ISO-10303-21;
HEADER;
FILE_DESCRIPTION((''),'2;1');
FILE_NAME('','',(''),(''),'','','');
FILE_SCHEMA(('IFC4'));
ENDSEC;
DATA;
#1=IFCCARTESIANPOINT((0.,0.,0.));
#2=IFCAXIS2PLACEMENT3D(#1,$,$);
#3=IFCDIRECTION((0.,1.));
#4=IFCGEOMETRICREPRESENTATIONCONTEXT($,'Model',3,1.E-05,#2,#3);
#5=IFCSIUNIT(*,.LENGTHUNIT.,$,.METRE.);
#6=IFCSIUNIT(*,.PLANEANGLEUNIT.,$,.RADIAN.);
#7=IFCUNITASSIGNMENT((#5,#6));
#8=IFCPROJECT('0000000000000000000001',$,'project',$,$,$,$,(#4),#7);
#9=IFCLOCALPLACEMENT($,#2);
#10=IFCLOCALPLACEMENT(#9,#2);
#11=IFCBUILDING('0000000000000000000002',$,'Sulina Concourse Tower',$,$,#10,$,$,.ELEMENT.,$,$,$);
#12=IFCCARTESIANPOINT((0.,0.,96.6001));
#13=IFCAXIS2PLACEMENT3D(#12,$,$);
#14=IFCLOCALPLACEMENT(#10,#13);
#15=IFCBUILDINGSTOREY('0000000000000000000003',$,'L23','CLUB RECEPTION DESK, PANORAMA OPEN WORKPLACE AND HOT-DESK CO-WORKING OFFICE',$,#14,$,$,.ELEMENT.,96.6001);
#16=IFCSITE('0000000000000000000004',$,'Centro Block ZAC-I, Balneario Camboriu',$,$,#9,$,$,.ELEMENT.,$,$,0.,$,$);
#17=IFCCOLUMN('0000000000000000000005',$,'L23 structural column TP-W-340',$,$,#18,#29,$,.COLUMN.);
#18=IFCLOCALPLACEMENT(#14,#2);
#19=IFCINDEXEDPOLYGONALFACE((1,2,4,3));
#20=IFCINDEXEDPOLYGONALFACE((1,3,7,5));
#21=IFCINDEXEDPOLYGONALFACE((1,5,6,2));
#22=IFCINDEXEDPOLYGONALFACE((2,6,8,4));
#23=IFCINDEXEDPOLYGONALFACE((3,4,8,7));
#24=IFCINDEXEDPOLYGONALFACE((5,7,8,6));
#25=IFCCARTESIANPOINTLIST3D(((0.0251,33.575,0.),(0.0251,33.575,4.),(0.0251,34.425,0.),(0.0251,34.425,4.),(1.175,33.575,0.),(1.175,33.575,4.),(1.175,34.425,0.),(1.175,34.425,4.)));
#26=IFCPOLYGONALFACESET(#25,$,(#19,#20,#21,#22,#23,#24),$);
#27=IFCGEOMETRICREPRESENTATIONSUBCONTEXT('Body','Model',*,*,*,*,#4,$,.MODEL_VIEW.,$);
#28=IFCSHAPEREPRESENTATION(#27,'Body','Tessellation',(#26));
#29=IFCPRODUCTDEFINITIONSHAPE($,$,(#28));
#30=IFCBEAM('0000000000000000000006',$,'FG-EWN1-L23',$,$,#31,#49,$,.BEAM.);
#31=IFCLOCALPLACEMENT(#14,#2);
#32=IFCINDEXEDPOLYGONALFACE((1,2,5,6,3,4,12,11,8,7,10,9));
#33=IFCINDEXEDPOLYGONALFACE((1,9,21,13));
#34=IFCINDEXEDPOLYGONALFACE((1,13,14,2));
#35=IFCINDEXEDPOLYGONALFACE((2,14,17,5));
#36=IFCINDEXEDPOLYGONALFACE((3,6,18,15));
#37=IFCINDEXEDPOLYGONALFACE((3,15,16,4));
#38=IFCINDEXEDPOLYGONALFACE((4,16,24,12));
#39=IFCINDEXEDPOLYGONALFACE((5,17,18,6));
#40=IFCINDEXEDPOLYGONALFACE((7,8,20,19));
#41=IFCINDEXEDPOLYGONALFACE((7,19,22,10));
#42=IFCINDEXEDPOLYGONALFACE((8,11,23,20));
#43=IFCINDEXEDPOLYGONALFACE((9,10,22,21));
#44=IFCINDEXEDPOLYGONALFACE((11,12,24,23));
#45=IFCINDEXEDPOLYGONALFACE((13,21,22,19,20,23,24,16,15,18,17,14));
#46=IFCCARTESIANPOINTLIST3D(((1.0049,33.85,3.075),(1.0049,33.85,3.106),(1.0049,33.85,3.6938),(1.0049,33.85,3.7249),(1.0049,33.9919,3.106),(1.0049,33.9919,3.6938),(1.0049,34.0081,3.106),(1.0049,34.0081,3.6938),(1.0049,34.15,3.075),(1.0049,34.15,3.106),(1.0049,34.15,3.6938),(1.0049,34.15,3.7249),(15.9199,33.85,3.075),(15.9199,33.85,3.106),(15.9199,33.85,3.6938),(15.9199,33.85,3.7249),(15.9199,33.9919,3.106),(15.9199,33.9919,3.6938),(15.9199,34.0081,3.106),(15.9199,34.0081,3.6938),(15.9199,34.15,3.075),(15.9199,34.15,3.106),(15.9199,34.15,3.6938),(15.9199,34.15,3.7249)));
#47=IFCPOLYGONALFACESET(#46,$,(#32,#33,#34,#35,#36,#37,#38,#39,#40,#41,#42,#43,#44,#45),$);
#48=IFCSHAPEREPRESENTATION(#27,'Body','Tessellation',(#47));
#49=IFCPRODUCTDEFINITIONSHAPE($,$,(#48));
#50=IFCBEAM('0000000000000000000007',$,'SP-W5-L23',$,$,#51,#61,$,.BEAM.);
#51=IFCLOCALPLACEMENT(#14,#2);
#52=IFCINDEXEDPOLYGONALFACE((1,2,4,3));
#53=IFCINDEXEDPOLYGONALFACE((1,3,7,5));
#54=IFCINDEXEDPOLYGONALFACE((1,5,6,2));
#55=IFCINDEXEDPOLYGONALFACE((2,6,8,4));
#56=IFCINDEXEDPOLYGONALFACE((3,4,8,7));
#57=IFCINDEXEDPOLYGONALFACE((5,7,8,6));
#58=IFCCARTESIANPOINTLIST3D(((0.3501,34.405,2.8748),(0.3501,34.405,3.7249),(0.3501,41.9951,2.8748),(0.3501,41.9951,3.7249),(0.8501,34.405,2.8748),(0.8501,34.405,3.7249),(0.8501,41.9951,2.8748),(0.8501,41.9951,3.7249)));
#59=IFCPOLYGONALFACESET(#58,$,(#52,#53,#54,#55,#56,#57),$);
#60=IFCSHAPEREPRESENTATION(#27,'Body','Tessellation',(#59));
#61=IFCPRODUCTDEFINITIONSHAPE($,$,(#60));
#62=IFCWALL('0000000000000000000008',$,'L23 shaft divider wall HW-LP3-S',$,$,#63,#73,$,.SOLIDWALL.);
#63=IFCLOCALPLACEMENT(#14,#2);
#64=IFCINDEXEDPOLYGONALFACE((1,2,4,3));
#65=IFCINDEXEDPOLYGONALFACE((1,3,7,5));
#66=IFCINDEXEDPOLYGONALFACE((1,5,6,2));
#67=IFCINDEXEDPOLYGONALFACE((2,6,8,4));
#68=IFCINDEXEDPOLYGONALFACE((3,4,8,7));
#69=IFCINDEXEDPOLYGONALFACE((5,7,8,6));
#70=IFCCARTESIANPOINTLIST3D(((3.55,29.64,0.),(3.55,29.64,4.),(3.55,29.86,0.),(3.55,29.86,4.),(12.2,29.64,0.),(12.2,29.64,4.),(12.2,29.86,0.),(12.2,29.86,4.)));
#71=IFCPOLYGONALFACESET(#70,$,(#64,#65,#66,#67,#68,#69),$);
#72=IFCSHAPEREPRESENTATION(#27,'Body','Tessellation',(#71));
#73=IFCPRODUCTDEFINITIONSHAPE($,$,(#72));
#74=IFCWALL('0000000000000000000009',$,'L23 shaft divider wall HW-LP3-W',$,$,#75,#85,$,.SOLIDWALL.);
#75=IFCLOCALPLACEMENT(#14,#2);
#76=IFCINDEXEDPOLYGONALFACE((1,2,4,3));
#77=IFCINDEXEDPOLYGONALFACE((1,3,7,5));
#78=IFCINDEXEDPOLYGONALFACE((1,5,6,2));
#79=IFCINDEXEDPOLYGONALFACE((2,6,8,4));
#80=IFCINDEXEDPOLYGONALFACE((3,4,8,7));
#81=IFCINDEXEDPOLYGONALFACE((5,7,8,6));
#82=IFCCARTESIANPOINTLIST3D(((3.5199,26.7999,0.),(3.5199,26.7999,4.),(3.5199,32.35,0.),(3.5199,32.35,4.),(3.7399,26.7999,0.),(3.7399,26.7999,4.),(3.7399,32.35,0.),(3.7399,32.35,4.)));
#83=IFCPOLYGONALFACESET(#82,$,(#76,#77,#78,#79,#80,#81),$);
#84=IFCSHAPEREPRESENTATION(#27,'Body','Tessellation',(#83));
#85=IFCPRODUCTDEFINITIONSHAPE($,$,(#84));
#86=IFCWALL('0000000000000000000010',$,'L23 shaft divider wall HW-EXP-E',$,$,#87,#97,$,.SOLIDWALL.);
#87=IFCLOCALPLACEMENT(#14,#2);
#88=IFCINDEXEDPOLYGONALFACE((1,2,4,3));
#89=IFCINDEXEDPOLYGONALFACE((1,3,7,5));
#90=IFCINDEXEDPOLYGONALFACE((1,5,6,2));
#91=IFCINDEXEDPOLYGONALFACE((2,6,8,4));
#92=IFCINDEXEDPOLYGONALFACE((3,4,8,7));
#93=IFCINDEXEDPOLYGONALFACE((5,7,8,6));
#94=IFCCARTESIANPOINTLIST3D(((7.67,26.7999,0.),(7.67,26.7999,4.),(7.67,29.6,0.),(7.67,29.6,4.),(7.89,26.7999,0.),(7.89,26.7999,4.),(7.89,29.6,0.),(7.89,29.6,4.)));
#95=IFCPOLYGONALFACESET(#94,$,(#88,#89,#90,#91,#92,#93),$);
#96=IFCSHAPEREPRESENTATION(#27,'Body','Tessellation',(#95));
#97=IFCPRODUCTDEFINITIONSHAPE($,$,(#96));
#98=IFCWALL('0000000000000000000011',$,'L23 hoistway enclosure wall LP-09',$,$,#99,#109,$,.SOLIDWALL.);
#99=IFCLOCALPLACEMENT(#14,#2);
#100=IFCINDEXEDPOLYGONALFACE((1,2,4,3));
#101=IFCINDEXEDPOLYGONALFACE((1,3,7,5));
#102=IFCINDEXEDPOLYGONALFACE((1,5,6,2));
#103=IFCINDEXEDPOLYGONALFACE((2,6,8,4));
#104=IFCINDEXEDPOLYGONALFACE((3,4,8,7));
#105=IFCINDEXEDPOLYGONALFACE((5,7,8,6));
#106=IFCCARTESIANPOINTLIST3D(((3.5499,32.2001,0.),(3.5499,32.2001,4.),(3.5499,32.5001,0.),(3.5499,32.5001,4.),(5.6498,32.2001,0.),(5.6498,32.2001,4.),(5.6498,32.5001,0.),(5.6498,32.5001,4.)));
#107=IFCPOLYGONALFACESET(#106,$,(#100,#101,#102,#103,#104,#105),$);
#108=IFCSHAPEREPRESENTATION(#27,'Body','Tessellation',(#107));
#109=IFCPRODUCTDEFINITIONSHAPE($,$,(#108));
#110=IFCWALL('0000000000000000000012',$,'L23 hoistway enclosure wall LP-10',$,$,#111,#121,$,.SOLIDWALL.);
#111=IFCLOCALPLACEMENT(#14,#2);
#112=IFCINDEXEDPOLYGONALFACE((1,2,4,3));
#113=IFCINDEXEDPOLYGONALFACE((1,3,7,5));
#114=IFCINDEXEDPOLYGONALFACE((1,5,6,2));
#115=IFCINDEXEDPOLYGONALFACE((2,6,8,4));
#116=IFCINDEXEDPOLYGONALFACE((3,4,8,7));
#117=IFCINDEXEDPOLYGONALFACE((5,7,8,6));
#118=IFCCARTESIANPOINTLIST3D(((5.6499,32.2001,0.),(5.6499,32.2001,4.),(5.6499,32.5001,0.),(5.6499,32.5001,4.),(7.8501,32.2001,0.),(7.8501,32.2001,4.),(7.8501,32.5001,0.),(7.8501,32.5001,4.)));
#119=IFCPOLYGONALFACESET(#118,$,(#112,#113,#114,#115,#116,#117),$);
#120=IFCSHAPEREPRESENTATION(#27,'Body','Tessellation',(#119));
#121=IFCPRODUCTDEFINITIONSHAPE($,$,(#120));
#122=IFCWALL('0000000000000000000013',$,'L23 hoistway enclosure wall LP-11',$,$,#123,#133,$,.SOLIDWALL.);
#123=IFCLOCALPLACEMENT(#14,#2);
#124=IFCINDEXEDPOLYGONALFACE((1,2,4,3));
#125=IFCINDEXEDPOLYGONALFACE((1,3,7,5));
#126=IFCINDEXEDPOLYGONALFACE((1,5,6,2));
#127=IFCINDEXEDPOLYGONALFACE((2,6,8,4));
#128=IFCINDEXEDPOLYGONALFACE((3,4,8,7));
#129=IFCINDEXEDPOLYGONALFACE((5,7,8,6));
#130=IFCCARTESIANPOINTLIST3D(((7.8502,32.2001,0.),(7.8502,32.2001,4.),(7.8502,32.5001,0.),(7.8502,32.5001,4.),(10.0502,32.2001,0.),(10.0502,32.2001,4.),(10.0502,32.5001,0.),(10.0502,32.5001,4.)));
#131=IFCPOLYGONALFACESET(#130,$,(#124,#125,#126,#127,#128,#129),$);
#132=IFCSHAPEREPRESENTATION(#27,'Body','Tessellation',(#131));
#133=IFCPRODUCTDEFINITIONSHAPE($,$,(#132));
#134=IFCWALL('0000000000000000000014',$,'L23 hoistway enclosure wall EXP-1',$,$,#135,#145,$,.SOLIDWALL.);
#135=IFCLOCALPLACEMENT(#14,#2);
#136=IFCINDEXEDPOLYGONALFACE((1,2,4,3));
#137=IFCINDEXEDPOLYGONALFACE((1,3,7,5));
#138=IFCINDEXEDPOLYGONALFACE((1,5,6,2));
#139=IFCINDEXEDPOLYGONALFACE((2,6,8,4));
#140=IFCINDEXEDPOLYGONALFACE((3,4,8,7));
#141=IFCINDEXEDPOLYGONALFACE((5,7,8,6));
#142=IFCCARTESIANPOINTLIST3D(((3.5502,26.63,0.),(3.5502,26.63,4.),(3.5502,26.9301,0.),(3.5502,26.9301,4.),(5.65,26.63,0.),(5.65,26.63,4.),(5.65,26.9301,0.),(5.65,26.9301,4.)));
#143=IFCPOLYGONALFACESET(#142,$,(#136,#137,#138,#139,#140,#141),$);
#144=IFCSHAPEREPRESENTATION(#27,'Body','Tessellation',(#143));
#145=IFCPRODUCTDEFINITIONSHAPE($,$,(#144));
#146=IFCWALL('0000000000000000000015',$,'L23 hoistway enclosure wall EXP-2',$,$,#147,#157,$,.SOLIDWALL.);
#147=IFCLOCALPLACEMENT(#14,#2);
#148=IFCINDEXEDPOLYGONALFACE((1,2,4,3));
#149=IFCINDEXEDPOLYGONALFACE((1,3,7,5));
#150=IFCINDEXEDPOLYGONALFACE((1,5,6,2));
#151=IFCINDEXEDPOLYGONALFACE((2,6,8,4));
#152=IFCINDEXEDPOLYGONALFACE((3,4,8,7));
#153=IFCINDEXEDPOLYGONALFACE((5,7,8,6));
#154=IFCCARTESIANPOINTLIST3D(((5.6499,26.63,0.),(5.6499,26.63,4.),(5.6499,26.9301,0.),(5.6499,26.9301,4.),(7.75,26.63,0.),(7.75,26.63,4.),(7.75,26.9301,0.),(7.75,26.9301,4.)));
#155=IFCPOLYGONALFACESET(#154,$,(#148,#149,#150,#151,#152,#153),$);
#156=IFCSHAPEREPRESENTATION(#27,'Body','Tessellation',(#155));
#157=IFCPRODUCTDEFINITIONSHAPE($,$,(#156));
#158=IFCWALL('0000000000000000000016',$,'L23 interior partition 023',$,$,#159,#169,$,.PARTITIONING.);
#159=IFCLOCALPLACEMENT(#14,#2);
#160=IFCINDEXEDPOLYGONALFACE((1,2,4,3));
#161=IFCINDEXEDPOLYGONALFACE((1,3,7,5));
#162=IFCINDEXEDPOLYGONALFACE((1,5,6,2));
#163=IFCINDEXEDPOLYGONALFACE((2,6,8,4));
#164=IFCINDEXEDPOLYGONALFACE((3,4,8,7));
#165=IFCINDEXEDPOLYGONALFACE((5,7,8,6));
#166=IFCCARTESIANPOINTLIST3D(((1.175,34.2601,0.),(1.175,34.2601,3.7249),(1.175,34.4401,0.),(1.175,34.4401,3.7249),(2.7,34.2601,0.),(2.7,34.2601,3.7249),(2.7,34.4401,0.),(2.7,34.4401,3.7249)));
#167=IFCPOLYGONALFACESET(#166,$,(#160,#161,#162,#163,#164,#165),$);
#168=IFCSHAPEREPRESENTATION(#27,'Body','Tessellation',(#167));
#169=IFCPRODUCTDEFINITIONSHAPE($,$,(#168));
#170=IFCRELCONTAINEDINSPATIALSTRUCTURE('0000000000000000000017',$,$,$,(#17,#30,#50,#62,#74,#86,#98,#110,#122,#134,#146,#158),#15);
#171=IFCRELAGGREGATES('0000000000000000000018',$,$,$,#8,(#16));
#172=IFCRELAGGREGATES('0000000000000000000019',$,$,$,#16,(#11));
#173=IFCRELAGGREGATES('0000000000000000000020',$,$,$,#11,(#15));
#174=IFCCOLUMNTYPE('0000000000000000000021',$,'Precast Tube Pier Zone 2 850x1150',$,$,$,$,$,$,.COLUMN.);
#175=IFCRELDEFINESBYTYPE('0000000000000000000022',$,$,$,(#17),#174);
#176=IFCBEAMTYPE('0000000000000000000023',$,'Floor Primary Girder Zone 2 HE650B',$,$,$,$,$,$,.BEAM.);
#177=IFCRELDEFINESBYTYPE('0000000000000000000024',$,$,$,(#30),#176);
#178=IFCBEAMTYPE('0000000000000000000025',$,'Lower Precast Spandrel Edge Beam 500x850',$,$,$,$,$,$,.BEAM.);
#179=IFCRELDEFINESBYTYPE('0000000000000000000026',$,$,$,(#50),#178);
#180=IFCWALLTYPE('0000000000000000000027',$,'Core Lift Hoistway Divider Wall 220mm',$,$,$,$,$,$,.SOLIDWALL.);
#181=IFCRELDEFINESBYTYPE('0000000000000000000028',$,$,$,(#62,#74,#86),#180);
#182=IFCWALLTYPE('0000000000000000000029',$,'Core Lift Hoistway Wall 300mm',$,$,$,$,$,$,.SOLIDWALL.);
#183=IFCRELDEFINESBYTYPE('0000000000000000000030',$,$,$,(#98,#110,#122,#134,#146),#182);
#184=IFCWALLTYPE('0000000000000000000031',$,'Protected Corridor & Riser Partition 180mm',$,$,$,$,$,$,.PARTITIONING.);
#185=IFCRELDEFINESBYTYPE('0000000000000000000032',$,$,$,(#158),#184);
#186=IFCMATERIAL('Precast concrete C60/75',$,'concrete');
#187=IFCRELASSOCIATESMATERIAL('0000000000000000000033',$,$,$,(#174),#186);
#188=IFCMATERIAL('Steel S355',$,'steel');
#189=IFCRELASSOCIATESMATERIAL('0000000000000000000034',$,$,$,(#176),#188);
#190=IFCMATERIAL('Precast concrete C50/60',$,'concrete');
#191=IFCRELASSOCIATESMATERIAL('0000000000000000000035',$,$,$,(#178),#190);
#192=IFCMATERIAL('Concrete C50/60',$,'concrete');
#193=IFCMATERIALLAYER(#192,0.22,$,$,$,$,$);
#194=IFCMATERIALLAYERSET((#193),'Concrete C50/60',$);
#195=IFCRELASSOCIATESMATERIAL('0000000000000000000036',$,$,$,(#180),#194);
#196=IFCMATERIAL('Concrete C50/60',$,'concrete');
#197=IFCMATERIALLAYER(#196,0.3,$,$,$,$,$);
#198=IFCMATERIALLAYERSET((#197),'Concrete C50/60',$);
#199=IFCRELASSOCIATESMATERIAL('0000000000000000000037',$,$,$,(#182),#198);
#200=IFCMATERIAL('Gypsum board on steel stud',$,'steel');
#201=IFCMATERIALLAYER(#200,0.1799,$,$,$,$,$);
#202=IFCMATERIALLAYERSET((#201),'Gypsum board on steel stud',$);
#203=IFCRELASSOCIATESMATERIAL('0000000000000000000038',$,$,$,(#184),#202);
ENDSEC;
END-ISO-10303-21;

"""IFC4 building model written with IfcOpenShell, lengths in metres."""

from ifc_helpers import new_model, si_unit, direction, frame, frame_2d, origin, origin_2d, place, context, subcontext, project, spatial, rectangle, i_section, extrude, material, layer, layer_set, material_profile, profile_set, type_object, element, save


model = new_model("IFC4")

# Units and contexts
model_context = context("Model", 3, precision=1e-05, world=origin(), true_north=direction((0.0, 1.0)))
body_context = subcontext(model_context, "Body", "Model", "MODEL_VIEW")
ifc_project = project(units=[si_unit("LENGTHUNIT", "METRE"), si_unit("PLANEANGLEUNIT", "RADIAN")], contexts=[model_context])

# Site, building, storey
site_placement = place(None, origin())
site = spatial("IfcSite", under=ifc_project, at=site_placement, Name="Centro Block ZAC-I, Balneario Camboriu", CompositionType="ELEMENT", RefElevation=0.0)
building_placement = place(site_placement, origin())
building = spatial("IfcBuilding", under=site, at=building_placement, Name="Sulina Concourse Tower", CompositionType="ELEMENT")
storey_placement = place(building_placement, frame((0.0, 0.0, 96.6001)))
storey = spatial("IfcBuildingStorey", under=building, at=storey_placement, Name="L23", Description="CLUB RECEPTION DESK, PANORAMA OPEN WORKPLACE AND HOT-DESK CO-WORKING OFFICE", CompositionType="ELEMENT", Elevation=96.6001)

# Column
ifc_material_1 = material(Name="Precast concrete C60/75", Category="concrete")
ifc_material_profile_1 = material_profile(ifc_material_1, rectangle(XDim=0.8501, YDim=1.1499, at=origin_2d()), Name="PC 850x1150")
ifc_profile_set_1 = profile_set([ifc_material_profile_1], Name="Precast concrete C60/75")
column_type = type_object("IfcColumnType", Name="Precast Tube Pier Zone 2 850x1150", PredefinedType="COLUMN", material=ifc_profile_set_1)
column_placement = place(storey_placement, frame((0.6001, 34.0, 0.0), z_axis=(0.0, 0.0, 1.0), x_axis=(0.0, 1.0, 0.0)))
element("IfcColumn", 1, at=column_placement, inside=storey, type_object=column_type, Name="L23 structural column TP-W-340", PredefinedType="COLUMN", context=body_context, shape_type="SweptSolid", body=[
    extrude(rectangle(XDim=0.8501, YDim=1.1499, at=origin_2d()), origin(), (0.0, 0.0, 1.0), 4.0),
])

# Beams
ifc_material_2 = material(Name="Steel S355", Category="steel")
ifc_material_profile_2 = material_profile(ifc_material_2, i_section(OverallWidth=0.3, OverallDepth=0.6499, WebThickness=0.0161, FlangeThickness=0.031, at=origin_2d()), Name="HE 650 B")
ifc_profile_set_2 = profile_set([ifc_material_profile_2], Name="Steel S355")
beam_type_1 = type_object("IfcBeamType", Name="Floor Primary Girder Zone 2 HE650B", PredefinedType="BEAM", material=ifc_profile_set_2)
beam_1_placement = place(storey_placement, frame((1.0049, 34.0, 3.3999), z_axis=(1.0, 0.0, 0.0), x_axis=(0.0, 1.0, 0.0)))
element("IfcBeam", 2, at=beam_1_placement, inside=storey, type_object=beam_type_1, Name="FG-EWN1-L23", PredefinedType="BEAM", context=body_context, shape_type="SweptSolid", body=[
    extrude(i_section(OverallWidth=0.3, OverallDepth=0.6499, WebThickness=0.0161, FlangeThickness=0.031, at=origin_2d()), origin(), (0.0, 0.0, 1.0), 14.915),
])
ifc_material_3 = material(Name="Precast concrete C50/60", Category="concrete")
ifc_material_profile_3 = material_profile(ifc_material_3, rectangle(XDim=0.5, YDim=0.8501, at=origin_2d()), Name="RC 500x850")
ifc_profile_set_3 = profile_set([ifc_material_profile_3], Name="Precast concrete C50/60")
beam_type_2 = type_object("IfcBeamType", Name="Lower Precast Spandrel Edge Beam 500x850", PredefinedType="BEAM", material=ifc_profile_set_3)
beam_2_placement = place(storey_placement, frame((0.6001, 34.405, 3.2998), z_axis=(0.0, 1.0, 0.0), x_axis=(-1.0, 0.0, 0.0)))
element("IfcBeam", 3, at=beam_2_placement, inside=storey, type_object=beam_type_2, Name="SP-W5-L23", PredefinedType="BEAM", context=body_context, shape_type="SweptSolid", body=[
    extrude(rectangle(XDim=0.5, YDim=0.8501, at=origin_2d()), origin(), (0.0, 0.0, 1.0), 7.5901),
])

# Walls
ifc_material_4 = material(Name="Concrete C50/60", Category="concrete")
ifc_layer_1 = layer(ifc_material_4, 0.22)
ifc_layer_set_1 = layer_set([ifc_layer_1], Name="Concrete C50/60")
wall_type_1 = type_object("IfcWallType", Name="Core Lift Hoistway Divider Wall 220mm", PredefinedType="SOLIDWALL", material=ifc_layer_set_1)
wall_1_placement = place(storey_placement, frame((3.55, 29.75, 0.0), z_axis=(0.0, 0.0, 1.0), x_axis=(1.0, 0.0, 0.0)))
element("IfcWall", 4, at=wall_1_placement, inside=storey, type_object=wall_type_1, Name="L23 shaft divider wall HW-LP3-S", PredefinedType="SOLIDWALL", context=body_context, shape_type="SweptSolid", body=[
    extrude(rectangle(XDim=8.6499, YDim=0.22, at=frame_2d((4.325, 0.0))), origin(), (0.0, 0.0, 1.0), 4.0),
])
wall_2_placement = place(storey_placement, frame((3.6299, 26.8, 0.0), z_axis=(0.0, 0.0, 1.0), x_axis=(0.0, 1.0, 0.0)))
element("IfcWall", 5, at=wall_2_placement, inside=storey, type_object=wall_type_1, Name="L23 shaft divider wall HW-LP3-W", PredefinedType="SOLIDWALL", context=body_context, shape_type="SweptSolid", body=[
    extrude(rectangle(XDim=5.55, YDim=0.22, at=frame_2d((2.7749, 0.0))), origin(), (0.0, 0.0, 1.0), 4.0),
])
wall_3_placement = place(storey_placement, frame((7.78, 26.8, 0.0), z_axis=(0.0, 0.0, 1.0), x_axis=(0.0, 1.0, 0.0)))
element("IfcWall", 6, at=wall_3_placement, inside=storey, type_object=wall_type_1, Name="L23 shaft divider wall HW-EXP-E", PredefinedType="SOLIDWALL", context=body_context, shape_type="SweptSolid", body=[
    extrude(rectangle(XDim=2.8, YDim=0.22, at=frame_2d((1.3999, 0.0))), origin(), (0.0, 0.0, 1.0), 4.0),
])
ifc_material_5 = material(Name="Concrete C50/60", Category="concrete")
ifc_layer_2 = layer(ifc_material_5, 0.3)
ifc_layer_set_2 = layer_set([ifc_layer_2], Name="Concrete C50/60")
wall_type_2 = type_object("IfcWallType", Name="Core Lift Hoistway Wall 300mm", PredefinedType="SOLIDWALL", material=ifc_layer_set_2)
wall_4_placement = place(storey_placement, frame((3.55, 32.3501, 0.0), z_axis=(0.0, 0.0, 1.0), x_axis=(1.0, 0.0, 0.0)))
element("IfcWall", 7, at=wall_4_placement, inside=storey, type_object=wall_type_2, Name="L23 hoistway enclosure wall LP-09", PredefinedType="SOLIDWALL", context=body_context, shape_type="SweptSolid", body=[
    extrude(rectangle(XDim=2.0999, YDim=0.3, at=frame_2d((1.0498, 0.0))), origin(), (0.0, 0.0, 1.0), 4.0),
])
wall_5_placement = place(storey_placement, frame((5.6499, 32.3501, 0.0), z_axis=(0.0, 0.0, 1.0), x_axis=(1.0, 0.0, 0.0)))
element("IfcWall", 8, at=wall_5_placement, inside=storey, type_object=wall_type_2, Name="L23 hoistway enclosure wall LP-10", PredefinedType="SOLIDWALL", context=body_context, shape_type="SweptSolid", body=[
    extrude(rectangle(XDim=2.2002, YDim=0.3, at=frame_2d((1.1001, 0.0))), origin(), (0.0, 0.0, 1.0), 4.0),
])
wall_6_placement = place(storey_placement, frame((7.8501, 32.3501, 0.0), z_axis=(0.0, 0.0, 1.0), x_axis=(1.0, 0.0, 0.0)))
element("IfcWall", 9, at=wall_6_placement, inside=storey, type_object=wall_type_2, Name="L23 hoistway enclosure wall LP-11", PredefinedType="SOLIDWALL", context=body_context, shape_type="SweptSolid", body=[
    extrude(rectangle(XDim=2.2, YDim=0.3, at=frame_2d((1.1001, 0.0))), origin(), (0.0, 0.0, 1.0), 4.0),
])
wall_7_placement = place(storey_placement, frame((5.6499, 26.78, 0.0), z_axis=(0.0, 0.0, 1.0), x_axis=(-1.0, 0.0, 0.0)))
element("IfcWall", 10, at=wall_7_placement, inside=storey, type_object=wall_type_2, Name="L23 hoistway enclosure wall EXP-1", PredefinedType="SOLIDWALL", context=body_context, shape_type="SweptSolid", body=[
    extrude(rectangle(XDim=2.0999, YDim=0.3, at=frame_2d((1.0498, 0.0))), origin(), (0.0, 0.0, 1.0), 4.0),
])
wall_8_placement = place(storey_placement, frame((7.75, 26.78, 0.0), z_axis=(0.0, 0.0, 1.0), x_axis=(-1.0, 0.0, 0.0)))
element("IfcWall", 11, at=wall_8_placement, inside=storey, type_object=wall_type_2, Name="L23 hoistway enclosure wall EXP-2", PredefinedType="SOLIDWALL", context=body_context, shape_type="SweptSolid", body=[
    extrude(rectangle(XDim=2.1001, YDim=0.3, at=frame_2d((1.05, 0.0))), origin(), (0.0, 0.0, 1.0), 4.0),
])
ifc_material_6 = material(Name="Gypsum board on steel stud", Category="steel")
ifc_layer_3 = layer(ifc_material_6, 0.1799)
ifc_layer_set_3 = layer_set([ifc_layer_3], Name="Gypsum board on steel stud")
wall_type_3 = type_object("IfcWallType", Name="Protected Corridor & Riser Partition 180mm", PredefinedType="PARTITIONING", material=ifc_layer_set_3)
wall_9_placement = place(storey_placement, frame((1.175, 34.3501, 0.0), z_axis=(0.0, 0.0, 1.0), x_axis=(1.0, 0.0, 0.0)))
element("IfcWall", 12, at=wall_9_placement, inside=storey, type_object=wall_type_3, Name="L23 interior partition 023", PredefinedType="PARTITIONING", context=body_context, shape_type="SweptSolid", body=[
    extrude(rectangle(XDim=1.5249, YDim=0.1799, at=frame_2d((0.7625, 0.0))), origin(), (0.0, 0.0, 1.0), 3.7249),
])

save(model, "model.ifc")
